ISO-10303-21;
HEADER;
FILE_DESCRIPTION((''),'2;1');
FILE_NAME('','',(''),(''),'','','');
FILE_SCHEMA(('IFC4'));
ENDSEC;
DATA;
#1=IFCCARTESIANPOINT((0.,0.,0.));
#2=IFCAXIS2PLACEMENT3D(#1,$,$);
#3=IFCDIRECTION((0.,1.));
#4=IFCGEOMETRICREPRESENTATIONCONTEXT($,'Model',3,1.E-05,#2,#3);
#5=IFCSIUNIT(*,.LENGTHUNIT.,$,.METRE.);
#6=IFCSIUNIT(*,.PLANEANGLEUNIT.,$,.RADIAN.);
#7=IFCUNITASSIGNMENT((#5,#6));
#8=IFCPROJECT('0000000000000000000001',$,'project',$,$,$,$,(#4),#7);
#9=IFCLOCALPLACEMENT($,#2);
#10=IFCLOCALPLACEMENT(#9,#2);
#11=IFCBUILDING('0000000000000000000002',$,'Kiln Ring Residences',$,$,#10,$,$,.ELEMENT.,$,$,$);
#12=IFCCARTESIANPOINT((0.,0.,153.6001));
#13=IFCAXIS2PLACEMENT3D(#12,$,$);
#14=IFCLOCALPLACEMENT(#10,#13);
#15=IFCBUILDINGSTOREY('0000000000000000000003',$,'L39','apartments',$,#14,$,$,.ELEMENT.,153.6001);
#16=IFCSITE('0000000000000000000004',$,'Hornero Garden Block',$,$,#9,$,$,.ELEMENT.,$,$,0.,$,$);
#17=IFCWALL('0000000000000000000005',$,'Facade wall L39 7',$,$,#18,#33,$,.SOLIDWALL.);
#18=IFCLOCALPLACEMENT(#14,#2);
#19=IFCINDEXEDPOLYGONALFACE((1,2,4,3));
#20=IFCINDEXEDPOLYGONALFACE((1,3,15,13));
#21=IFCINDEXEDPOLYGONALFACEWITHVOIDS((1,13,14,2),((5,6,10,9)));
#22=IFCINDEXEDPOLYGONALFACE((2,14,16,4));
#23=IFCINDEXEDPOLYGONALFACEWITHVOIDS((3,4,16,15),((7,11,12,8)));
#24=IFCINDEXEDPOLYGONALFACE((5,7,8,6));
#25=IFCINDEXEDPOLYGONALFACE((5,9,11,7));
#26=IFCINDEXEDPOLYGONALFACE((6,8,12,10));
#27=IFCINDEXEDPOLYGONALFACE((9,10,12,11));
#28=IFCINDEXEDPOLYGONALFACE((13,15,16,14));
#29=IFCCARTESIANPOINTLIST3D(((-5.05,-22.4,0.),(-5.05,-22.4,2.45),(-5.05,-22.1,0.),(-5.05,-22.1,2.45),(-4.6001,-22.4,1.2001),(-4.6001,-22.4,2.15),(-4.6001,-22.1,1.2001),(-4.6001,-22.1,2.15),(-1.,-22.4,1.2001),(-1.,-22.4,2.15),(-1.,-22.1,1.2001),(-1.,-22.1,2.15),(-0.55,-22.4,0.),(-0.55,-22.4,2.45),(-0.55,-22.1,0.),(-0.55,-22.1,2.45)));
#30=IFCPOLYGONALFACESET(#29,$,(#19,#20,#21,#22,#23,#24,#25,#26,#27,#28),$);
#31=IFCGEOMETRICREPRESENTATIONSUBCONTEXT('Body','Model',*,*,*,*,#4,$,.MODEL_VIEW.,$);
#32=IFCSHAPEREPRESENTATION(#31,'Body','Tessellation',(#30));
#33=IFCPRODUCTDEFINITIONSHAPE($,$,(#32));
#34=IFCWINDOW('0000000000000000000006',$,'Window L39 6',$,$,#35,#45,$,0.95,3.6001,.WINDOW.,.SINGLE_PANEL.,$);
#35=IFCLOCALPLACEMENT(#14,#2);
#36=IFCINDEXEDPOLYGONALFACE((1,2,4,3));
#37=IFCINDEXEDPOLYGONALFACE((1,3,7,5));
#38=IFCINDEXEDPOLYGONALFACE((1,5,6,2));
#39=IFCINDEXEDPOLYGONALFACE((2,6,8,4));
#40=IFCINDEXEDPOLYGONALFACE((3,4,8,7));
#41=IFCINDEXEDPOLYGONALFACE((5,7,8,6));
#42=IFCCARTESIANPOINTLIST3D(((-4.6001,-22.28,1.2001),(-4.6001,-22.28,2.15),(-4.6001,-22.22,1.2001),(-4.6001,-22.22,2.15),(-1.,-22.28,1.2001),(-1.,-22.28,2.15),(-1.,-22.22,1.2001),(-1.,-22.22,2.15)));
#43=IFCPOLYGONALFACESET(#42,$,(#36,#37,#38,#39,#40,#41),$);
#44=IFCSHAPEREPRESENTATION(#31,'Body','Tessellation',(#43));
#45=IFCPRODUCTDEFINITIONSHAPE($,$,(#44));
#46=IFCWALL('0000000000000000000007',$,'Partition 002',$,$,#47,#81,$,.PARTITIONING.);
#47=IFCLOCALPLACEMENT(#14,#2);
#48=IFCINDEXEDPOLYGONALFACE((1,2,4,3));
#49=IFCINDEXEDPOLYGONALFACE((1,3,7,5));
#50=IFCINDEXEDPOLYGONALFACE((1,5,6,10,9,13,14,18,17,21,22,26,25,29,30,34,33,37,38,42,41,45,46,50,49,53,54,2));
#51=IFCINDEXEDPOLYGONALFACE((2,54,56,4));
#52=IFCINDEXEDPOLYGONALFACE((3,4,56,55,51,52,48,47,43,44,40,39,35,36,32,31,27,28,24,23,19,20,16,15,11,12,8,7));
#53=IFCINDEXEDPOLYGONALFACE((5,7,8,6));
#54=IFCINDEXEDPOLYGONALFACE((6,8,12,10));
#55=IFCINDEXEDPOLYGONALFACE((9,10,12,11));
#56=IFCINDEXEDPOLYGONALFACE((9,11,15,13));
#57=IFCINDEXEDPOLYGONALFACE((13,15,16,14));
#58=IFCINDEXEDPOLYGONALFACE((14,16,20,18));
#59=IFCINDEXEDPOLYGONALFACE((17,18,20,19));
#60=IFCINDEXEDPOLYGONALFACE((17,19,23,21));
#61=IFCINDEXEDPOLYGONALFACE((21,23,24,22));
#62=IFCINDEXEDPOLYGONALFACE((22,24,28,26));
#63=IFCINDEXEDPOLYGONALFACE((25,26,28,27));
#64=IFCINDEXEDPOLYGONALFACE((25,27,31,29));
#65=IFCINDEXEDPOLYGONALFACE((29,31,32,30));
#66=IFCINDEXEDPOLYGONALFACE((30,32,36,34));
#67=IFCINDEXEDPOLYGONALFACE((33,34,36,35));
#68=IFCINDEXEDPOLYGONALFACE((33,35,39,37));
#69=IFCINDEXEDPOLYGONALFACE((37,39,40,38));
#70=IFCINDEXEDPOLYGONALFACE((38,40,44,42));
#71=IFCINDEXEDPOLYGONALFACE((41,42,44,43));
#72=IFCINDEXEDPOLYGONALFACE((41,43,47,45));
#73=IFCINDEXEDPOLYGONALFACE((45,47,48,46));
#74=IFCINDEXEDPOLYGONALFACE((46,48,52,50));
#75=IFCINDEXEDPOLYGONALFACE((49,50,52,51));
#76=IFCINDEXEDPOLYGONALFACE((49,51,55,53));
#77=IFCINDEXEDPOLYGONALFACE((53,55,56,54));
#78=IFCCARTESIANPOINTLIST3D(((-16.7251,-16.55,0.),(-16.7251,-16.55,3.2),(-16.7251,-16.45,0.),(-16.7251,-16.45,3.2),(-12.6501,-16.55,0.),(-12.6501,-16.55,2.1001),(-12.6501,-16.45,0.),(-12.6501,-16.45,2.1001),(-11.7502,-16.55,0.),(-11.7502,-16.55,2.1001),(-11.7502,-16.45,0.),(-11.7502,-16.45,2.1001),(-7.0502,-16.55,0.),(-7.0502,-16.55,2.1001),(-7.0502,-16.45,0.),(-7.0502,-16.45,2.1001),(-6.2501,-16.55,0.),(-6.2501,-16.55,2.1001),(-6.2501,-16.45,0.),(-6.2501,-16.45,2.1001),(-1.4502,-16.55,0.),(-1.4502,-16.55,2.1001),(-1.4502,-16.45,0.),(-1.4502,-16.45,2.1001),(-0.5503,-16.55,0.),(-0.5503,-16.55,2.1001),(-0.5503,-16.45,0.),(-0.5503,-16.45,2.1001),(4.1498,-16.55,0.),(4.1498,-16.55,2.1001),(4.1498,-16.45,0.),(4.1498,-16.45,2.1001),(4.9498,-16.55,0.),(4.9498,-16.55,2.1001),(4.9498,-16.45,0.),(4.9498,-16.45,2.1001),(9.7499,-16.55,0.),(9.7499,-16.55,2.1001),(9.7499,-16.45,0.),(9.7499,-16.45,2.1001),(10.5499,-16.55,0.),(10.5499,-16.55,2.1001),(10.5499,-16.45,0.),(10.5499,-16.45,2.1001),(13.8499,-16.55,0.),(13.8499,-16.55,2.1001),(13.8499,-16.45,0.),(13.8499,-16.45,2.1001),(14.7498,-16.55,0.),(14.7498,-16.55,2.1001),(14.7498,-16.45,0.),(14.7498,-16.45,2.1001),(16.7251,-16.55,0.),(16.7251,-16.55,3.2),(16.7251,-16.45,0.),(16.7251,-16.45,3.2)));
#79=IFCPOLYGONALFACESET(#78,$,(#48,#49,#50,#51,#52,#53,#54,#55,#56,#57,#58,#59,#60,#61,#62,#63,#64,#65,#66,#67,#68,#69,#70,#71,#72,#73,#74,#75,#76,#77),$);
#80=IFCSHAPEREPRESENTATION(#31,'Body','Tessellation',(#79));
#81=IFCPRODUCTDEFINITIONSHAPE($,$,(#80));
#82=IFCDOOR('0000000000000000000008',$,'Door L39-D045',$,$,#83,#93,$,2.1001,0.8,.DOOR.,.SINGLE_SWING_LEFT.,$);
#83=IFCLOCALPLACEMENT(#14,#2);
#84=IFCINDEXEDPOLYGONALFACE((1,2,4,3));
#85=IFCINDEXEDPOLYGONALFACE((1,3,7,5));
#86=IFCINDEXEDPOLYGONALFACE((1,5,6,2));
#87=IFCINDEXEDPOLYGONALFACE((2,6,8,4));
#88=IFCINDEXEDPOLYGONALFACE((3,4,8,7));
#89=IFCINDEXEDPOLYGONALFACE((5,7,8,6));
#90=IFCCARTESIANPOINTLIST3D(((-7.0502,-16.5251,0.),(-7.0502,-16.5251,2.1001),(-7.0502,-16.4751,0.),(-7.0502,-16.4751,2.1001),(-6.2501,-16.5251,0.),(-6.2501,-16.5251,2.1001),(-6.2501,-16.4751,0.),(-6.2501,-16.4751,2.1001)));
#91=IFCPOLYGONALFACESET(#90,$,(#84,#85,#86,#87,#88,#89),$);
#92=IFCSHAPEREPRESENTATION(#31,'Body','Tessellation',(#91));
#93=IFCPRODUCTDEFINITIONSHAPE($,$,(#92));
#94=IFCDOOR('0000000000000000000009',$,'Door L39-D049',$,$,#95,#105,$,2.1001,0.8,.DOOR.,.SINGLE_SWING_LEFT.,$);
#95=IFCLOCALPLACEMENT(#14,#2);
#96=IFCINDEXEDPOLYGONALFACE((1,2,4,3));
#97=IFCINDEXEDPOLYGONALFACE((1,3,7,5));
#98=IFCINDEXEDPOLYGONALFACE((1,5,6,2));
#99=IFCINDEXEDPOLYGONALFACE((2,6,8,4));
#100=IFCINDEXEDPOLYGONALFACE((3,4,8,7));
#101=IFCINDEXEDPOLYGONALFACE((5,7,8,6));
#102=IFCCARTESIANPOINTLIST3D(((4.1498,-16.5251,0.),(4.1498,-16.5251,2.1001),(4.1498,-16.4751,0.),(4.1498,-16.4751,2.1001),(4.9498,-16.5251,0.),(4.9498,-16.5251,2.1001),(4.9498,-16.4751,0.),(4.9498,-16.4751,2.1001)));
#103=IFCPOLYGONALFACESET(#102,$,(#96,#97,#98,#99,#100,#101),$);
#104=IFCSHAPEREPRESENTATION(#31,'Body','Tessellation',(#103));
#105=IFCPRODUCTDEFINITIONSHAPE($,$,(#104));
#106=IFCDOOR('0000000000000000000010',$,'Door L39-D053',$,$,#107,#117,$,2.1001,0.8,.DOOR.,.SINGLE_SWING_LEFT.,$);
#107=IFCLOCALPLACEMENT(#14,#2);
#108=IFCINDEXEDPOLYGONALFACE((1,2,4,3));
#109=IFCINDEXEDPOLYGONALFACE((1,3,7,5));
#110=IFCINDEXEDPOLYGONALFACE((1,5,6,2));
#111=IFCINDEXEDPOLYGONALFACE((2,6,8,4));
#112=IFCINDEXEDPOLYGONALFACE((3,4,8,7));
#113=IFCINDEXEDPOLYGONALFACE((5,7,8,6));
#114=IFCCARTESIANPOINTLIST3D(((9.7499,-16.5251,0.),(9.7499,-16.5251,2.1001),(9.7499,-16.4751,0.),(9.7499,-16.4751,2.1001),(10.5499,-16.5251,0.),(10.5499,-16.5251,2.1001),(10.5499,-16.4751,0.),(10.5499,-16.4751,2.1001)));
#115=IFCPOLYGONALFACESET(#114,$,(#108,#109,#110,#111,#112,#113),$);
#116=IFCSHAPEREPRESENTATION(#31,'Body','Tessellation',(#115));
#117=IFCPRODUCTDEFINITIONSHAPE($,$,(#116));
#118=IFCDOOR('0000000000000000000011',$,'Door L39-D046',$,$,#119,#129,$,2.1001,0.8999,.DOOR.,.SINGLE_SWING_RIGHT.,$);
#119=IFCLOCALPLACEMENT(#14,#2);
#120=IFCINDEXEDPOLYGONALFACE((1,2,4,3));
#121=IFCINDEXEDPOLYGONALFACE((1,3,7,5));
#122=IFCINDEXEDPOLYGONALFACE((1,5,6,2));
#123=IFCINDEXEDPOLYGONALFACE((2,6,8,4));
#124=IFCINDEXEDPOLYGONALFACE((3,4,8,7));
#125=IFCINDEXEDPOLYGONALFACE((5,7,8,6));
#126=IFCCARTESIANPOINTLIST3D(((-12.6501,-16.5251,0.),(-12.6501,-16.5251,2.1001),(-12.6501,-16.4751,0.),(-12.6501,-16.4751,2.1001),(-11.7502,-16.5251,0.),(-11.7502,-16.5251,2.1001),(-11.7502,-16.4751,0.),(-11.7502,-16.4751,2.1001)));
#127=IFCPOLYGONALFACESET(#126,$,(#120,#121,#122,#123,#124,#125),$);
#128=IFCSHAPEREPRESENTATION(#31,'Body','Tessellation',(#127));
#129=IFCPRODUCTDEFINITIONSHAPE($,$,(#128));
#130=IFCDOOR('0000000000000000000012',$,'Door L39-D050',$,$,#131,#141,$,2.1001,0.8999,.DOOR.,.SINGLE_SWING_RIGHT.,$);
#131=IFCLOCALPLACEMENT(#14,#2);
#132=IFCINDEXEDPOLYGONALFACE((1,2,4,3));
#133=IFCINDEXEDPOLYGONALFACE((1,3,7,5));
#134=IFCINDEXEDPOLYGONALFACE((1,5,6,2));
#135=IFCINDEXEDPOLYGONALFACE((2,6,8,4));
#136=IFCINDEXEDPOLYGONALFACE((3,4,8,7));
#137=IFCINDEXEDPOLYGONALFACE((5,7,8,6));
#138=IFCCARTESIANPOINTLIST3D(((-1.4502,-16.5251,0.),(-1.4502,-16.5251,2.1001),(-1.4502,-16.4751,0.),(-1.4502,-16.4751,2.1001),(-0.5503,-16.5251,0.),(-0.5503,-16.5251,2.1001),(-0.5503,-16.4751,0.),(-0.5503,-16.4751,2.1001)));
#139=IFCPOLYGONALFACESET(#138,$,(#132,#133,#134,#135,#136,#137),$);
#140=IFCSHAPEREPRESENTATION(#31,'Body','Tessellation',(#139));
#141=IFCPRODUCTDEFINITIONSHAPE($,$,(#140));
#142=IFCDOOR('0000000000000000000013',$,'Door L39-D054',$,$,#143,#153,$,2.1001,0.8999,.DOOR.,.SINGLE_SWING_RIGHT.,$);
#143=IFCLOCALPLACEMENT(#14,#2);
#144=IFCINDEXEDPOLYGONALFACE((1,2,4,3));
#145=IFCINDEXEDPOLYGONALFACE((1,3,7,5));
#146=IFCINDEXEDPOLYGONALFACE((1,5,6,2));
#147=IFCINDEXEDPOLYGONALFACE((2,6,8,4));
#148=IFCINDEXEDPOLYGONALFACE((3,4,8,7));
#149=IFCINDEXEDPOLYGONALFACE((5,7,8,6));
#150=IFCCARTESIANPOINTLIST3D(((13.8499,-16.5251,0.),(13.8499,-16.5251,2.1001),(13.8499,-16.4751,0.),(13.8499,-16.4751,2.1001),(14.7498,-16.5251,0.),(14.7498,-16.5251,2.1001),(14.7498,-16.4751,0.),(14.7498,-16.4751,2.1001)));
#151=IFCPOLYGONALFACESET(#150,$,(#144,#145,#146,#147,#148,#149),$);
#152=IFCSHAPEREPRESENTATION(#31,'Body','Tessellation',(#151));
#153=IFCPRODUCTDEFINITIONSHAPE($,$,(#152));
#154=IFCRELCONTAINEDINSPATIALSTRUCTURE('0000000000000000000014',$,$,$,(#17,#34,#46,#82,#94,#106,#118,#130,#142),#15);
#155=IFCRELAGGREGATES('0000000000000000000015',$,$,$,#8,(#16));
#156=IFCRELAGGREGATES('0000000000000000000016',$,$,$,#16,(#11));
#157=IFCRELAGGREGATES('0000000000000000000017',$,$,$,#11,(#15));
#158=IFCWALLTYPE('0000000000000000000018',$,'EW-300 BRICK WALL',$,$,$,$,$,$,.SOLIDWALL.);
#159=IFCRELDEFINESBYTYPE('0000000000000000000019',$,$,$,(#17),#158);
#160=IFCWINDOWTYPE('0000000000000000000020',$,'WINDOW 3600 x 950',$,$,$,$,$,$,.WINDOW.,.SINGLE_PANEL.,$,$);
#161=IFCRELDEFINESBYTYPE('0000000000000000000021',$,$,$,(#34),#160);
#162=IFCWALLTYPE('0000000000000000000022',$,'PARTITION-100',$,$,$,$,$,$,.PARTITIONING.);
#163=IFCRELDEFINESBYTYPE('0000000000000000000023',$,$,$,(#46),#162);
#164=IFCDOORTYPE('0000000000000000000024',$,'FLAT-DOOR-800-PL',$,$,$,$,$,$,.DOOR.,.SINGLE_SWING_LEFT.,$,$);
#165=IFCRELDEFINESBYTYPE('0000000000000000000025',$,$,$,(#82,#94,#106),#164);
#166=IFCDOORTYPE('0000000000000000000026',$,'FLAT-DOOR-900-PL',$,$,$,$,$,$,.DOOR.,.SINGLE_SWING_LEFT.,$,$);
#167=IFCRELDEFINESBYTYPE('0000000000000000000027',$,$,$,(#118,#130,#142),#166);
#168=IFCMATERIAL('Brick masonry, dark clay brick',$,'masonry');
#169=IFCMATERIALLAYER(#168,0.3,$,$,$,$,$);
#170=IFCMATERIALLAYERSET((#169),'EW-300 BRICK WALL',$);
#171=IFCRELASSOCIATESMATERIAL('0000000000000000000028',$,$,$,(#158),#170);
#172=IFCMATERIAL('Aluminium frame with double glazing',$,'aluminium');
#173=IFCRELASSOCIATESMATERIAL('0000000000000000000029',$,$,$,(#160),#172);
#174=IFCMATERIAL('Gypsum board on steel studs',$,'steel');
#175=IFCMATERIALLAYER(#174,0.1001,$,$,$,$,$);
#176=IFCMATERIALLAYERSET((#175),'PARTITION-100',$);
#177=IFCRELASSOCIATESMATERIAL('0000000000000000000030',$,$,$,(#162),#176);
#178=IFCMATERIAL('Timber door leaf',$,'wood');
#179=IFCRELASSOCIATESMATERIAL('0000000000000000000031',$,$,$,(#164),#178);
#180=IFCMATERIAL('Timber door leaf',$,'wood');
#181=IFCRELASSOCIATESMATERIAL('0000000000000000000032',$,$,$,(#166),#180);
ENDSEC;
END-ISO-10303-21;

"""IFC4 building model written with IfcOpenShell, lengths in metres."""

from ifc_helpers import new_model, si_unit, direction, frame, frame_2d, origin, place, context, subcontext, project, spatial, rectangle, extrude, material, layer, layer_set, type_object, element, fill, save


model = new_model("IFC4")

# Units and contexts
model_context = context("Model", 3, precision=1e-05, world=origin(), true_north=direction((0.0, 1.0)))
body_context = subcontext(model_context, "Body", "Model", "MODEL_VIEW")
ifc_project = project(units=[si_unit("LENGTHUNIT", "METRE"), si_unit("PLANEANGLEUNIT", "RADIAN")], contexts=[model_context])

# Site, building, storey
site_placement = place(None, origin())
site = spatial("IfcSite", under=ifc_project, at=site_placement, Name="Hornero Garden Block", CompositionType="ELEMENT", RefElevation=0.0)
building_placement = place(site_placement, origin())
building = spatial("IfcBuilding", under=site, at=building_placement, Name="Kiln Ring Residences", CompositionType="ELEMENT")
storey_placement = place(building_placement, frame((0.0, 0.0, 153.6001)))
storey = spatial("IfcBuildingStorey", under=building, at=storey_placement, Name="L39", Description="apartments", CompositionType="ELEMENT", Elevation=153.6001)

# Wall, opening, window
ifc_material_1 = material(Name="Brick masonry, dark clay brick", Category="masonry")
ifc_layer_1 = layer(ifc_material_1, 0.3)
ifc_layer_set_1 = layer_set([ifc_layer_1], Name="EW-300 BRICK WALL")
wall_type_1 = type_object("IfcWallType", Name="EW-300 BRICK WALL", PredefinedType="SOLIDWALL", material=ifc_layer_set_1)
ifc_material_2 = material(Name="Aluminium frame with double glazing", Category="aluminium")
window_type = type_object("IfcWindowType", Name="WINDOW 3600 x 950", PartitioningType="SINGLE_PANEL", PredefinedType="WINDOW", material=ifc_material_2)
wall_1_placement = place(storey_placement, frame((-5.05, -22.25, 0.0), z_axis=(0.0, 0.0, 1.0), x_axis=(1.0, 0.0, 0.0)))
wall_1 = element("IfcWall", 1, at=wall_1_placement, inside=storey, type_object=wall_type_1, Name="Facade wall L39 7", PredefinedType="SOLIDWALL", context=body_context, shape_type="SweptSolid", body=[
    extrude(rectangle(XDim=4.5, YDim=0.3, at=frame_2d((2.25, 0.0))), origin(), (0.0, 0.0, 1.0), 2.45),
])
opening_1_placement = place(wall_1_placement, frame((0.45, 0.0, 1.2)))
opening_1 = element("IfcOpeningElement", 2, at=opening_1_placement, cuts=wall_1, PredefinedType="OPENING", context=body_context, shape_type="SweptSolid", body=[
    extrude(rectangle(XDim=3.6001, YDim=0.95, at=frame_2d((1.8, 0.4751))), frame((0.0, 0.1599, 0.0), z_axis=(0.0, -1.0, 0.0), x_axis=(1.0, 0.0, 0.0)), (0.0, 0.0, 1.0), 0.3201),
])
window_1_placement = place(opening_1_placement, origin())
window_1 = element("IfcWindow", 3, at=window_1_placement, inside=storey, type_object=window_type, Name="Window L39 6", OverallHeight=0.95, OverallWidth=3.6001, PartitioningType="SINGLE_PANEL", PredefinedType="WINDOW", context=body_context, shape_type="SweptSolid", body=[
    extrude(rectangle(XDim=3.6001, YDim=0.95, at=frame_2d((1.8, 0.4751))), frame((0.0, 0.03, 0.0), z_axis=(0.0, -1.0, 0.0), x_axis=(1.0, 0.0, 0.0)), (0.0, 0.0, 1.0), 0.0601),
])
fill(opening_1, window_1)

# Wall, openings, doors
ifc_material_3 = material(Name="Gypsum board on steel studs", Category="steel")
ifc_layer_2 = layer(ifc_material_3, 0.1001)
ifc_layer_set_2 = layer_set([ifc_layer_2], Name="PARTITION-100")
wall_type_2 = type_object("IfcWallType", Name="PARTITION-100", PredefinedType="PARTITIONING", material=ifc_layer_set_2)
wall_2_placement = place(storey_placement, frame((-16.7251, -16.5, 0.0), z_axis=(0.0, 0.0, 1.0), x_axis=(1.0, 0.0, 0.0)))
wall_2 = element("IfcWall", 4, at=wall_2_placement, inside=storey, type_object=wall_type_2, Name="Partition 002", PredefinedType="PARTITIONING", context=body_context, shape_type="SweptSolid", body=[
    extrude(rectangle(XDim=33.4502, YDim=0.1001, at=frame_2d((16.7251, 0.0))), origin(), (0.0, 0.0, 1.0), 3.2),
])
opening_2_placement = place(wall_2_placement, frame((9.675, 0.0, 0.0)))
opening_2 = element("IfcOpeningElement", 5, at=opening_2_placement, cuts=wall_2, PredefinedType="OPENING", context=body_context, shape_type="SweptSolid", body=[
    extrude(rectangle(XDim=0.8, YDim=2.1001, at=frame_2d((0.3999, 1.05))), frame((0.0, 0.0601, 0.0), z_axis=(0.0, -1.0, 0.0), x_axis=(1.0, 0.0, 0.0)), (0.0, 0.0, 1.0), 0.1201),
])
opening_3_placement = place(wall_2_placement, frame((4.075, 0.0, 0.0)))
opening_3 = element("IfcOpeningElement", 6, at=opening_3_placement, cuts=wall_2, PredefinedType="OPENING", context=body_context, shape_type="SweptSolid", body=[
    extrude(rectangle(XDim=0.8999, YDim=2.1001, at=frame_2d((0.45, 1.05))), frame((0.0, 0.0601, 0.0), z_axis=(0.0, -1.0, 0.0), x_axis=(1.0, 0.0, 0.0)), (0.0, 0.0, 1.0), 0.1201),
])
opening_4_placement = place(wall_2_placement, frame((20.875, 0.0, 0.0)))
opening_4 = element("IfcOpeningElement", 7, at=opening_4_placement, cuts=wall_2, PredefinedType="OPENING", context=body_context, shape_type="SweptSolid", body=[
    extrude(rectangle(XDim=0.8, YDim=2.1001, at=frame_2d((0.3999, 1.05))), frame((0.0, 0.0601, 0.0), z_axis=(0.0, -1.0, 0.0), x_axis=(1.0, 0.0, 0.0)), (0.0, 0.0, 1.0), 0.1201),
])
opening_5_placement = place(wall_2_placement, frame((15.2749, 0.0, 0.0)))
opening_5 = element("IfcOpeningElement", 8, at=opening_5_placement, cuts=wall_2, PredefinedType="OPENING", context=body_context, shape_type="SweptSolid", body=[
    extrude(rectangle(XDim=0.8999, YDim=2.1001, at=frame_2d((0.45, 1.05))), frame((0.0, 0.0601, 0.0), z_axis=(0.0, -1.0, 0.0), x_axis=(1.0, 0.0, 0.0)), (0.0, 0.0, 1.0), 0.1201),
])
opening_6_placement = place(wall_2_placement, frame((26.4751, 0.0, 0.0)))
opening_6 = element("IfcOpeningElement", 9, at=opening_6_placement, cuts=wall_2, PredefinedType="OPENING", context=body_context, shape_type="SweptSolid", body=[
    extrude(rectangle(XDim=0.8, YDim=2.1001, at=frame_2d((0.3999, 1.05))), frame((0.0, 0.0601, 0.0), z_axis=(0.0, -1.0, 0.0), x_axis=(1.0, 0.0, 0.0)), (0.0, 0.0, 1.0), 0.1201),
])
opening_7_placement = place(wall_2_placement, frame((30.575, 0.0, 0.0)))
opening_7 = element("IfcOpeningElement", 10, at=opening_7_placement, cuts=wall_2, PredefinedType="OPENING", context=body_context, shape_type="SweptSolid", body=[
    extrude(rectangle(XDim=0.8999, YDim=2.1001, at=frame_2d((0.45, 1.05))), frame((0.0, 0.0601, 0.0), z_axis=(0.0, -1.0, 0.0), x_axis=(1.0, 0.0, 0.0)), (0.0, 0.0, 1.0), 0.1201),
])
ifc_material_4 = material(Name="Timber door leaf", Category="wood")
door_type_1 = type_object("IfcDoorType", Name="FLAT-DOOR-800-PL", OperationType="SINGLE_SWING_LEFT", PredefinedType="DOOR", material=ifc_material_4)
door_1_placement = place(opening_2_placement, origin())
door_1 = element("IfcDoor", 11, at=door_1_placement, inside=storey, type_object=door_type_1, Name="Door L39-D045", OperationType="SINGLE_SWING_LEFT", OverallHeight=2.1001, OverallWidth=0.8, PredefinedType="DOOR", context=body_context, shape_type="SweptSolid", body=[
    extrude(rectangle(XDim=0.8, YDim=2.1001, at=frame_2d((0.3999, 1.05))), frame((0.0, 0.0249, 0.0), z_axis=(0.0, -1.0, 0.0), x_axis=(1.0, 0.0, 0.0)), (0.0, 0.0, 1.0), 0.05),
])
fill(opening_2, door_1)
door_2_placement = place(opening_4_placement, origin())
door_2 = element("IfcDoor", 12, at=door_2_placement, inside=storey, type_object=door_type_1, Name="Door L39-D049", OperationType="SINGLE_SWING_LEFT", OverallHeight=2.1001, OverallWidth=0.8, PredefinedType="DOOR", context=body_context, shape_type="SweptSolid", body=[
    extrude(rectangle(XDim=0.8, YDim=2.1001, at=frame_2d((0.3999, 1.05))), frame((0.0, 0.0249, 0.0), z_axis=(0.0, -1.0, 0.0), x_axis=(1.0, 0.0, 0.0)), (0.0, 0.0, 1.0), 0.05),
])
fill(opening_4, door_2)
door_3_placement = place(opening_6_placement, origin())
door_3 = element("IfcDoor", 13, at=door_3_placement, inside=storey, type_object=door_type_1, Name="Door L39-D053", OperationType="SINGLE_SWING_LEFT", OverallHeight=2.1001, OverallWidth=0.8, PredefinedType="DOOR", context=body_context, shape_type="SweptSolid", body=[
    extrude(rectangle(XDim=0.8, YDim=2.1001, at=frame_2d((0.3999, 1.05))), frame((0.0, 0.0249, 0.0), z_axis=(0.0, -1.0, 0.0), x_axis=(1.0, 0.0, 0.0)), (0.0, 0.0, 1.0), 0.05),
])
fill(opening_6, door_3)
ifc_material_5 = material(Name="Timber door leaf", Category="wood")
door_type_2 = type_object("IfcDoorType", Name="FLAT-DOOR-900-PL", OperationType="SINGLE_SWING_LEFT", PredefinedType="DOOR", material=ifc_material_5)
door_4_placement = place(opening_3_placement, origin())
door_4 = element("IfcDoor", 14, at=door_4_placement, inside=storey, type_object=door_type_2, Name="Door L39-D046", OperationType="SINGLE_SWING_RIGHT", OverallHeight=2.1001, OverallWidth=0.8999, PredefinedType="DOOR", context=body_context, shape_type="SweptSolid", body=[
    extrude(rectangle(XDim=0.8999, YDim=2.1001, at=frame_2d((0.45, 1.05))), frame((0.0, 0.0249, 0.0), z_axis=(0.0, -1.0, 0.0), x_axis=(1.0, 0.0, 0.0)), (0.0, 0.0, 1.0), 0.05),
])
fill(opening_3, door_4)
door_5_placement = place(opening_5_placement, origin())
door_5 = element("IfcDoor", 15, at=door_5_placement, inside=storey, type_object=door_type_2, Name="Door L39-D050", OperationType="SINGLE_SWING_RIGHT", OverallHeight=2.1001, OverallWidth=0.8999, PredefinedType="DOOR", context=body_context, shape_type="SweptSolid", body=[
    extrude(rectangle(XDim=0.8999, YDim=2.1001, at=frame_2d((0.45, 1.05))), frame((0.0, 0.0249, 0.0), z_axis=(0.0, -1.0, 0.0), x_axis=(1.0, 0.0, 0.0)), (0.0, 0.0, 1.0), 0.05),
])
fill(opening_5, door_5)
door_6_placement = place(opening_7_placement, origin())
door_6 = element("IfcDoor", 16, at=door_6_placement, inside=storey, type_object=door_type_2, Name="Door L39-D054", OperationType="SINGLE_SWING_RIGHT", OverallHeight=2.1001, OverallWidth=0.8999, PredefinedType="DOOR", context=body_context, shape_type="SweptSolid", body=[
    extrude(rectangle(XDim=0.8999, YDim=2.1001, at=frame_2d((0.45, 1.05))), frame((0.0, 0.0249, 0.0), z_axis=(0.0, -1.0, 0.0), x_axis=(1.0, 0.0, 0.0)), (0.0, 0.0, 1.0), 0.05),
])
fill(opening_7, door_6)

save(model, "model.ifc")
